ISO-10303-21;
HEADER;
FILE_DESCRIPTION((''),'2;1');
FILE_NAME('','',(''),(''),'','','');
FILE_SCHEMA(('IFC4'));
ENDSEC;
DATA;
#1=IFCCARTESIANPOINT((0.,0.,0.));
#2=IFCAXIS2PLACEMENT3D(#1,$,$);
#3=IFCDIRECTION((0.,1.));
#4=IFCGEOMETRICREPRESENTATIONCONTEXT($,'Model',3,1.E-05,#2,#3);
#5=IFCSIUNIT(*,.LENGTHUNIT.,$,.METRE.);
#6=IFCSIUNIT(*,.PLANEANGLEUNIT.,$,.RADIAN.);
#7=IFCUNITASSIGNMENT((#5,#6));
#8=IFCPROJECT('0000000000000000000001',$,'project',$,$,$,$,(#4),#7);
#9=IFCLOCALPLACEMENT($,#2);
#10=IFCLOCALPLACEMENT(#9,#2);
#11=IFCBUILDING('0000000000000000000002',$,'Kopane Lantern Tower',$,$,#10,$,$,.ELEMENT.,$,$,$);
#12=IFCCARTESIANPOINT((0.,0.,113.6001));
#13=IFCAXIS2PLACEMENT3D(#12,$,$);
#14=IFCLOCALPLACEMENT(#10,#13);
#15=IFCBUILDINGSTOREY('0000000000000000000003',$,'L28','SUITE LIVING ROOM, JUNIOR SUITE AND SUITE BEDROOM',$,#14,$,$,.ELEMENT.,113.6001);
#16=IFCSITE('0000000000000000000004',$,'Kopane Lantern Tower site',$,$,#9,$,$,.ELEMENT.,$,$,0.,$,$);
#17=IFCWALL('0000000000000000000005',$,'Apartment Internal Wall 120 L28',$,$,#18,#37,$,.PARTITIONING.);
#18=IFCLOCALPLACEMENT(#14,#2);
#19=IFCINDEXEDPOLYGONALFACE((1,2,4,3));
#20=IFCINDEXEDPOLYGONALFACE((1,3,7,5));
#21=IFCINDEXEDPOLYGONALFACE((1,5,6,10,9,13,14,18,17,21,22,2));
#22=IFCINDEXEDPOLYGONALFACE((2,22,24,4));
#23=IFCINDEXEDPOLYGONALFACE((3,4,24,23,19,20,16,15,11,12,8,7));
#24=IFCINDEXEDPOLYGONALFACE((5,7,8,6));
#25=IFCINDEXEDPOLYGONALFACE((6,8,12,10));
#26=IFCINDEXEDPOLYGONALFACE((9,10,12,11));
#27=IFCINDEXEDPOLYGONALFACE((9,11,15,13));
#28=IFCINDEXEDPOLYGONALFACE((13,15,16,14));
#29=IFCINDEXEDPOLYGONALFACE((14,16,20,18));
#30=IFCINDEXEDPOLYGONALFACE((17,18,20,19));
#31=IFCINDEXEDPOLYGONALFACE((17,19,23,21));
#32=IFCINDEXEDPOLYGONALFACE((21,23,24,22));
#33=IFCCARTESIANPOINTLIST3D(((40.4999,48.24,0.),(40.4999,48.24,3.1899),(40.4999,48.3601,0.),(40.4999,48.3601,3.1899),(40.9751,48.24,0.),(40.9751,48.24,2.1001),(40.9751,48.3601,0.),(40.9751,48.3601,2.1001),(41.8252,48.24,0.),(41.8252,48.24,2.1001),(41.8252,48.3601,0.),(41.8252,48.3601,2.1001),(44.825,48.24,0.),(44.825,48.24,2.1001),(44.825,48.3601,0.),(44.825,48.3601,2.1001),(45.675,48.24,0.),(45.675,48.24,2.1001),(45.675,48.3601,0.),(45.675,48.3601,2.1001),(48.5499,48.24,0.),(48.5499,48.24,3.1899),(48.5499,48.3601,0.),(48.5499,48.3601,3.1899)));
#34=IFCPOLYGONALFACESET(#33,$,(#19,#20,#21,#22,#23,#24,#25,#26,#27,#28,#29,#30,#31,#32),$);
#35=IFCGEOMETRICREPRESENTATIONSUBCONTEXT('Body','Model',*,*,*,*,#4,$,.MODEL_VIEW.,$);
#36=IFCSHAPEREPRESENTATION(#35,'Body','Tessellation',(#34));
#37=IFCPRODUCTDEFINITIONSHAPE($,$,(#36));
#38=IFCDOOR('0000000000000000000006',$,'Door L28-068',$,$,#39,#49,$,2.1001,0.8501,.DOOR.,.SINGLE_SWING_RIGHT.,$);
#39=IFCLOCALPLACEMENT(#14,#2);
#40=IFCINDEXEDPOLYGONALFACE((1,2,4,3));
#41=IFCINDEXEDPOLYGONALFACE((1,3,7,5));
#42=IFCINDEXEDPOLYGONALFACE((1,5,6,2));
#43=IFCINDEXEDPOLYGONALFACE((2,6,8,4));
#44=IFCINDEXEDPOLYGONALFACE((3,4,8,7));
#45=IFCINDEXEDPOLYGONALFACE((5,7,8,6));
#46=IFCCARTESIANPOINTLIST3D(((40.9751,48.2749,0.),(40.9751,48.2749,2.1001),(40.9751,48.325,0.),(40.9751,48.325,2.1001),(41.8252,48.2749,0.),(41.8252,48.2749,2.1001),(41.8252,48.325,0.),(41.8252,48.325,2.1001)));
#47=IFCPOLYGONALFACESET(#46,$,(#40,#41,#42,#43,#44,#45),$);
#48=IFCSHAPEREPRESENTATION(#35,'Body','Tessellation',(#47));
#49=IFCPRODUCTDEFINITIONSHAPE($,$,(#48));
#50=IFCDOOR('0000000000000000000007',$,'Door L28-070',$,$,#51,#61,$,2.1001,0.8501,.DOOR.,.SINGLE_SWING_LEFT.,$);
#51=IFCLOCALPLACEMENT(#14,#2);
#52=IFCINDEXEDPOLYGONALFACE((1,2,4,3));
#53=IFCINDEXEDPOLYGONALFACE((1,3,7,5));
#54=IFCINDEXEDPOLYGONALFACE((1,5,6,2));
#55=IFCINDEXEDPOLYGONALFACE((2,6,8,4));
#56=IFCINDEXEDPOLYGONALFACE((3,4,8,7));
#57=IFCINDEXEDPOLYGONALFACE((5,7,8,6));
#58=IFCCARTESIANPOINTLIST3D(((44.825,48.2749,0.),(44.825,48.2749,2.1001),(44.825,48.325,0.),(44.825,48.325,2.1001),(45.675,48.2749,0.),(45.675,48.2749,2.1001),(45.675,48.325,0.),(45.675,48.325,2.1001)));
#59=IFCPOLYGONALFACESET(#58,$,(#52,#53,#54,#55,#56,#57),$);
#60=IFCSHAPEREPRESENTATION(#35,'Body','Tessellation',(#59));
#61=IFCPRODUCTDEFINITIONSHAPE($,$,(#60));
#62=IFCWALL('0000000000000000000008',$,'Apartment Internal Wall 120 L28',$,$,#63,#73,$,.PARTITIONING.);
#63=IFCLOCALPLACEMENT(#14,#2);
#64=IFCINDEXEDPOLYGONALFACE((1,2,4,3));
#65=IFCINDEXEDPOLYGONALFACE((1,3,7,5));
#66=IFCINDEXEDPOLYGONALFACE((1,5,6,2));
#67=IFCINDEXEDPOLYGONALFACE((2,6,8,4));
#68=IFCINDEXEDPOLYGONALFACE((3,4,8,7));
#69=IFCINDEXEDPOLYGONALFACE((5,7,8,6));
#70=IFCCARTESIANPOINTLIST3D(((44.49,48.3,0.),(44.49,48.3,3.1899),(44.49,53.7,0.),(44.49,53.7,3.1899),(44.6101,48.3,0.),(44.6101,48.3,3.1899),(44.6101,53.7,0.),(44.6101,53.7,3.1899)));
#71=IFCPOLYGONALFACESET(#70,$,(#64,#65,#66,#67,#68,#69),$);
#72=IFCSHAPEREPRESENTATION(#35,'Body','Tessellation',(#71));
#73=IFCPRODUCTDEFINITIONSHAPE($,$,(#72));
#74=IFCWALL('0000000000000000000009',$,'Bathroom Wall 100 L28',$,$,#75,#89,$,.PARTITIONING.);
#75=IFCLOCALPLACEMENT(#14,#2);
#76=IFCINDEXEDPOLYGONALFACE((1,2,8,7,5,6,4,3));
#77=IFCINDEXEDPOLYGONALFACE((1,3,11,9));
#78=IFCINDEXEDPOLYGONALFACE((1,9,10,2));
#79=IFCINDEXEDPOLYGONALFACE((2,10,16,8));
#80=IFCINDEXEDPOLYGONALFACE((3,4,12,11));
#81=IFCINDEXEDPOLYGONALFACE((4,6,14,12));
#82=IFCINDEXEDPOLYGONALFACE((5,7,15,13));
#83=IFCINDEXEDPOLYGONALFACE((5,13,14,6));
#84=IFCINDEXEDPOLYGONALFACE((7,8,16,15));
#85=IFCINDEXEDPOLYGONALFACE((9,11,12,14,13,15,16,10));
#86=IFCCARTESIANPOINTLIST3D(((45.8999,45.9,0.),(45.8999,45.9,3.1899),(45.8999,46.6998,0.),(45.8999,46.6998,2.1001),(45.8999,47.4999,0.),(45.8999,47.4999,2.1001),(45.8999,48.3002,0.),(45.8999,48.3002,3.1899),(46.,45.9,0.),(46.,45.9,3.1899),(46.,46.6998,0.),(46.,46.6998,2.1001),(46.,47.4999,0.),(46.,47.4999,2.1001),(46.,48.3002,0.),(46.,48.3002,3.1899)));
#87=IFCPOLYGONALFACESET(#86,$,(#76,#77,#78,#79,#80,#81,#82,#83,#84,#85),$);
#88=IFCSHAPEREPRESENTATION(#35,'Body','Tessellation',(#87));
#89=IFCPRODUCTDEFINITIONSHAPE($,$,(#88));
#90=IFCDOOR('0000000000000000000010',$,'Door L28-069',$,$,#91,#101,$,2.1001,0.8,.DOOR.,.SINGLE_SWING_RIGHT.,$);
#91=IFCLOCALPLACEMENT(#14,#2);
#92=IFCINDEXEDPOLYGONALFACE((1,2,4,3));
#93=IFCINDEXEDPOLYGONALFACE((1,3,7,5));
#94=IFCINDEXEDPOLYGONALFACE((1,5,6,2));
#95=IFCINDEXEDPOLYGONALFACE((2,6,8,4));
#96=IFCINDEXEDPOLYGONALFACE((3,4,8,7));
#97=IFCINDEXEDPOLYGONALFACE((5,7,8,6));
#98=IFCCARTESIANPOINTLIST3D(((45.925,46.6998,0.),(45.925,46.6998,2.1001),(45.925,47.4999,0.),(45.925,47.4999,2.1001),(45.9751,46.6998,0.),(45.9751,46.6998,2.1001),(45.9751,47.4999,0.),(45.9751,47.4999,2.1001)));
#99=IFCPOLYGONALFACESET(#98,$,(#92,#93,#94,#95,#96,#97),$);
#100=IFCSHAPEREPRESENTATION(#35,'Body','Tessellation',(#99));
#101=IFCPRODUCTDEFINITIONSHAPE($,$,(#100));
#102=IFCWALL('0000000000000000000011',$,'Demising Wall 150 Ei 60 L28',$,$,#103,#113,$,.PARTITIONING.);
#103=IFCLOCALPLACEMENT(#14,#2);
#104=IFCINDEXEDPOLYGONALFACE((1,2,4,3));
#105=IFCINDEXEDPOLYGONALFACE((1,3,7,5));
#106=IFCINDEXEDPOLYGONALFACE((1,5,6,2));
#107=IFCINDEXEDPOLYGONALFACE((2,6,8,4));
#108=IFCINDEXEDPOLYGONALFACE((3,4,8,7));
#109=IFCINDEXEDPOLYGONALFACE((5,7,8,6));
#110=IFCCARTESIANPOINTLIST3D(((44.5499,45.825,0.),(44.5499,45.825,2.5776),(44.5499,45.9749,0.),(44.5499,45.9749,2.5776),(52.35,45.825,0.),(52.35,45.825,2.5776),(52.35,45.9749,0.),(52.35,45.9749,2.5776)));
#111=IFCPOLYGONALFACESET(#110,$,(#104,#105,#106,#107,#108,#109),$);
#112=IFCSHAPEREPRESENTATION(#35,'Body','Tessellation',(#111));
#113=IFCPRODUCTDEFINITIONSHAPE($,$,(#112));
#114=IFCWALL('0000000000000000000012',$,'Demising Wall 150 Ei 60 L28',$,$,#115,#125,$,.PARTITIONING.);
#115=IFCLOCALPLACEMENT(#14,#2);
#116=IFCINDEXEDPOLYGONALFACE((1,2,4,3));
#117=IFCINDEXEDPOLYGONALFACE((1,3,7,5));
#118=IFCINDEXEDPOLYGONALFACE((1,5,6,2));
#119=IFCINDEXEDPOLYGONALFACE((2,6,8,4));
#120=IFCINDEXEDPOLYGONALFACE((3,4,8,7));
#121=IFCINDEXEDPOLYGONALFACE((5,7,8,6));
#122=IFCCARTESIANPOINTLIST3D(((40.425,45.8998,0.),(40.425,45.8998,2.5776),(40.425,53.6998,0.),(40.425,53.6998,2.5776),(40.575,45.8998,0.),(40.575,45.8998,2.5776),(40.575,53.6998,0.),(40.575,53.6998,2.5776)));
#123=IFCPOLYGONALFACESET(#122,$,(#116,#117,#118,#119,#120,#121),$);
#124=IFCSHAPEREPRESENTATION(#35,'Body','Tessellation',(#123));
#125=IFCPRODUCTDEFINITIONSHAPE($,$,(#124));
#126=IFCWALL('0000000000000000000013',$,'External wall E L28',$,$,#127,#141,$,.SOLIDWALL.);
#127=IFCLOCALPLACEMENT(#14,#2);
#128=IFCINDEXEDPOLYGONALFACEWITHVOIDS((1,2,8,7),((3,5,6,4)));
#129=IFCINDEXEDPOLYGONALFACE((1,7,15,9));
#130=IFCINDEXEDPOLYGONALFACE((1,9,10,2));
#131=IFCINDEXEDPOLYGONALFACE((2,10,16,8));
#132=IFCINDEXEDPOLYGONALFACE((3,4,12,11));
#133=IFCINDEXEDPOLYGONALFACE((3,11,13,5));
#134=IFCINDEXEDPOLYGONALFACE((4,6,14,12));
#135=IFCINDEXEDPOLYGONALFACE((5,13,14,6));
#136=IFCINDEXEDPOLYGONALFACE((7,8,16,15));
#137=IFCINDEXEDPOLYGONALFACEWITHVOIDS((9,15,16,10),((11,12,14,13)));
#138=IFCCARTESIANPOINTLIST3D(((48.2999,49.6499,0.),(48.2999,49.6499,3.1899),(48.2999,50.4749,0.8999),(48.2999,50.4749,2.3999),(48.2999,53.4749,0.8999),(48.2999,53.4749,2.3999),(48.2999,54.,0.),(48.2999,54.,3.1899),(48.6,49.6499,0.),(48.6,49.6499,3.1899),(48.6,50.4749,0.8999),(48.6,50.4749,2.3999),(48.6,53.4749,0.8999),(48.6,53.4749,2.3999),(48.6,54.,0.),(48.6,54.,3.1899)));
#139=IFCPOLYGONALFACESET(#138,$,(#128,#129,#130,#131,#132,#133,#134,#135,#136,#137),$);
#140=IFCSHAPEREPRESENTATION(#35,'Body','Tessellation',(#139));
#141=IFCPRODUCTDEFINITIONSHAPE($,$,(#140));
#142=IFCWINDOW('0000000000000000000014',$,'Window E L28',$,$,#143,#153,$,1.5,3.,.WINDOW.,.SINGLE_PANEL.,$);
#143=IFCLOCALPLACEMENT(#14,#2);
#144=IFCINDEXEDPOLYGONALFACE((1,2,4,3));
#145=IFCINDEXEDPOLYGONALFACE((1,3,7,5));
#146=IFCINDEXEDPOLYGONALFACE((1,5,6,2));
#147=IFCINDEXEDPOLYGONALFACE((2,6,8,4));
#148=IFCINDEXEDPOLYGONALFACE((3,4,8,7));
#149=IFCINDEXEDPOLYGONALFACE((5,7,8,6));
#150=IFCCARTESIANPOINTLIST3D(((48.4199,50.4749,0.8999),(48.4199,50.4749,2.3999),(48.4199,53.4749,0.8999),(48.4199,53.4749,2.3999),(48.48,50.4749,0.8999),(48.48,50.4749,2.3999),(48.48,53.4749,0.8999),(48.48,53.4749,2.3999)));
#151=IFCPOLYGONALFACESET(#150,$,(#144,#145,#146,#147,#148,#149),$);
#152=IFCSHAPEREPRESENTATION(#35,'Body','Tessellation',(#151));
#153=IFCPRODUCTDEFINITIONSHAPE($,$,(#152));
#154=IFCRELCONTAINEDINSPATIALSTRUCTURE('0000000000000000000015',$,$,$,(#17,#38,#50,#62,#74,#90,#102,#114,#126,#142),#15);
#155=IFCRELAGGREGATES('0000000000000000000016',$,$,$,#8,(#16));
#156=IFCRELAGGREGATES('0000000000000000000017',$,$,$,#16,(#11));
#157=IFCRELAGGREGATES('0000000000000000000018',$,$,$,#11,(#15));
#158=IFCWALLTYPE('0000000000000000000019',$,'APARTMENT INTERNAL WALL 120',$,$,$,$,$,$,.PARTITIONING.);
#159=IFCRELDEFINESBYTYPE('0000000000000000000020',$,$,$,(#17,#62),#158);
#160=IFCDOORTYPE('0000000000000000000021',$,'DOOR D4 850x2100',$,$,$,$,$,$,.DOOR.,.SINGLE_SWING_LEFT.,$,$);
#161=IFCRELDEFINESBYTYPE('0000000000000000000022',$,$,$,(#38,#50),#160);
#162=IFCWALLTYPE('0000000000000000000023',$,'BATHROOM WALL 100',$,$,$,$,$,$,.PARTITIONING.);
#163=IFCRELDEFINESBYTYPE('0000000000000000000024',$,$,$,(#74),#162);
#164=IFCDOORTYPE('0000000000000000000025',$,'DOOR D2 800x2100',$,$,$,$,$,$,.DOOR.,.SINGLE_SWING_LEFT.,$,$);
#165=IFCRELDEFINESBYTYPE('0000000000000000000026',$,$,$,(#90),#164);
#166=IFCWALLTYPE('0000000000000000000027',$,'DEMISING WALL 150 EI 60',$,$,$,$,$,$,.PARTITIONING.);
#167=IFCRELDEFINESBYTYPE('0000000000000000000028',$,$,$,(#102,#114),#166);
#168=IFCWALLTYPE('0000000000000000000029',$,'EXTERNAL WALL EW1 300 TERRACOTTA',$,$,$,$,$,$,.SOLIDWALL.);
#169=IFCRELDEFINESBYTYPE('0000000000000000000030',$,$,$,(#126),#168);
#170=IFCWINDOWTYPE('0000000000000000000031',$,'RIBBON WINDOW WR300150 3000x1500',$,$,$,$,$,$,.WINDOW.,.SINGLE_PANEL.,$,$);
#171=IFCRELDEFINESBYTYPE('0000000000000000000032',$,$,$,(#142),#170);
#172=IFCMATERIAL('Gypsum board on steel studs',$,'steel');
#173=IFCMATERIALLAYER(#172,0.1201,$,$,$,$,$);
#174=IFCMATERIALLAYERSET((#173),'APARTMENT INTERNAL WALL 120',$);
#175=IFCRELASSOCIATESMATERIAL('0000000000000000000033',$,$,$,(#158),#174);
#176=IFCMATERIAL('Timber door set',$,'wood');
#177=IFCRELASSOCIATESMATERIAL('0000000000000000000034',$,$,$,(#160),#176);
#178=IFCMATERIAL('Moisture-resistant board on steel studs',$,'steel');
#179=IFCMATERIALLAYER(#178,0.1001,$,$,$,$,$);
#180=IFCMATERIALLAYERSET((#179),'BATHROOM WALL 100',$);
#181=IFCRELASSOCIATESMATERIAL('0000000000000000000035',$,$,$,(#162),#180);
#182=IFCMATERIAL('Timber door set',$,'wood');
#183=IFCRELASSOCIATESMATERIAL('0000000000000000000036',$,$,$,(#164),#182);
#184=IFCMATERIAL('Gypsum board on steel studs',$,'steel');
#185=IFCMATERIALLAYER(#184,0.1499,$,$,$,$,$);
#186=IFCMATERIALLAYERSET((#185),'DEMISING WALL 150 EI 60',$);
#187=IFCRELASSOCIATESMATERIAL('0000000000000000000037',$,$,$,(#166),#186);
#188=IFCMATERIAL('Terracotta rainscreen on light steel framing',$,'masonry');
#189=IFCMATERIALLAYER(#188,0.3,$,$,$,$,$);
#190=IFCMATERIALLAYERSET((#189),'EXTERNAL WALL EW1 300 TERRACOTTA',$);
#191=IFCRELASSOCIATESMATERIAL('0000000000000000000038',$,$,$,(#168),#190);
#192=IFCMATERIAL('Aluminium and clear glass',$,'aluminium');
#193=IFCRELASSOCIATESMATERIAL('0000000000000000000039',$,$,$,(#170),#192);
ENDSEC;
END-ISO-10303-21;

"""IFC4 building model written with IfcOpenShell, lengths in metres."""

from ifc_helpers import new_model, si_unit, direction, frame, frame_2d, origin, place, context, subcontext, project, spatial, rectangle, extrude, material, layer, layer_set, type_object, element, fill, save


model = new_model("IFC4")

# Units and contexts
model_context = context("Model", 3, precision=1e-05, world=origin(), true_north=direction((0.0, 1.0)))
body_context = subcontext(model_context, "Body", "Model", "MODEL_VIEW")
ifc_project = project(units=[si_unit("LENGTHUNIT", "METRE"), si_unit("PLANEANGLEUNIT", "RADIAN")], contexts=[model_context])

# Site, building, storey
site_placement = place(None, origin())
site = spatial("IfcSite", under=ifc_project, at=site_placement, Name="Kopane Lantern Tower site", CompositionType="ELEMENT", RefElevation=0.0)
building_placement = place(site_placement, origin())
building = spatial("IfcBuilding", under=site, at=building_placement, Name="Kopane Lantern Tower", CompositionType="ELEMENT")
storey_placement = place(building_placement, frame((0.0, 0.0, 113.6001)))
storey = spatial("IfcBuildingStorey", under=building, at=storey_placement, Name="L28", Description="SUITE LIVING ROOM, JUNIOR SUITE AND SUITE BEDROOM", CompositionType="ELEMENT", Elevation=113.6001)

# Wall, openings, doors
ifc_material_1 = material(Name="Gypsum board on steel studs", Category="steel")
ifc_layer_1 = layer(ifc_material_1, 0.1201)
ifc_layer_set_1 = layer_set([ifc_layer_1], Name="APARTMENT INTERNAL WALL 120")
wall_type_1 = type_object("IfcWallType", Name="APARTMENT INTERNAL WALL 120", PredefinedType="PARTITIONING", material=ifc_layer_set_1)
wall_1_placement = place(storey_placement, frame((40.5, 48.3, 0.0), z_axis=(0.0, 0.0, 1.0), x_axis=(1.0, 0.0, 0.0)))
wall_1 = element("IfcWall", 1, at=wall_1_placement, inside=storey, type_object=wall_type_1, Name="Apartment Internal Wall 120 L28", PredefinedType="PARTITIONING", context=body_context, shape_type="SweptSolid", body=[
    extrude(rectangle(XDim=8.05, YDim=0.1201, at=frame_2d((4.0249, 0.0))), origin(), (0.0, 0.0, 1.0), 3.1899),
])
opening_1_placement = place(wall_1_placement, frame((0.4751, 0.0, 0.0)))
opening_1 = element("IfcOpeningElement", 2, at=opening_1_placement, cuts=wall_1, PredefinedType="OPENING", context=body_context, shape_type="SweptSolid", body=[
    extrude(rectangle(XDim=0.8501, YDim=2.1001, at=frame_2d((0.425, 1.05))), frame((0.0, 0.0701, 0.0), z_axis=(0.0, -1.0, 0.0), x_axis=(1.0, 0.0, 0.0)), (0.0, 0.0, 1.0), 0.1401),
])
opening_2_placement = place(wall_1_placement, frame((4.325, 0.0, 0.0)))
opening_2 = element("IfcOpeningElement", 3, at=opening_2_placement, cuts=wall_1, PredefinedType="OPENING", context=body_context, shape_type="SweptSolid", body=[
    extrude(rectangle(XDim=0.8501, YDim=2.1001, at=frame_2d((0.425, 1.05))), frame((0.0, 0.0701, 0.0), z_axis=(0.0, -1.0, 0.0), x_axis=(1.0, 0.0, 0.0)), (0.0, 0.0, 1.0), 0.1401),
])
ifc_material_2 = material(Name="Timber door set", Category="wood")
door_type_1 = type_object("IfcDoorType", Name="DOOR D4 850x2100", OperationType="SINGLE_SWING_LEFT", PredefinedType="DOOR", material=ifc_material_2)
door_1_placement = place(opening_1_placement, origin())
door_1 = element("IfcDoor", 4, at=door_1_placement, inside=storey, type_object=door_type_1, Name="Door L28-068", OperationType="SINGLE_SWING_RIGHT", OverallHeight=2.1001, OverallWidth=0.8501, PredefinedType="DOOR", context=body_context, shape_type="SweptSolid", body=[
    extrude(rectangle(XDim=0.8501, YDim=2.1001, at=frame_2d((0.425, 1.05))), frame((0.0, 0.0249, 0.0), z_axis=(0.0, -1.0, 0.0), x_axis=(1.0, 0.0, 0.0)), (0.0, 0.0, 1.0), 0.05),
])
fill(opening_1, door_1)
door_2_placement = place(opening_2_placement, origin())
door_2 = element("IfcDoor", 5, at=door_2_placement, inside=storey, type_object=door_type_1, Name="Door L28-070", OperationType="SINGLE_SWING_LEFT", OverallHeight=2.1001, OverallWidth=0.8501, PredefinedType="DOOR", context=body_context, shape_type="SweptSolid", body=[
    extrude(rectangle(XDim=0.8501, YDim=2.1001, at=frame_2d((0.425, 1.05))), frame((0.0, 0.0249, 0.0), z_axis=(0.0, -1.0, 0.0), x_axis=(1.0, 0.0, 0.0)), (0.0, 0.0, 1.0), 0.05),
])
fill(opening_2, door_2)

# Wall
wall_2_placement = place(storey_placement, frame((44.55, 48.3, 0.0), z_axis=(0.0, 0.0, 1.0), x_axis=(0.0, 1.0, 0.0)))
element("IfcWall", 6, at=wall_2_placement, inside=storey, type_object=wall_type_1, Name="Apartment Internal Wall 120 L28", PredefinedType="PARTITIONING", context=body_context, shape_type="SweptSolid", body=[
    extrude(rectangle(XDim=5.3999, YDim=0.1201, at=frame_2d((2.7, 0.0))), origin(), (0.0, 0.0, 1.0), 3.1899),
])

# Wall, opening, door
ifc_material_3 = material(Name="Moisture-resistant board on steel studs", Category="steel")
ifc_layer_2 = layer(ifc_material_3, 0.1001)
ifc_layer_set_2 = layer_set([ifc_layer_2], Name="BATHROOM WALL 100")
wall_type_2 = type_object("IfcWallType", Name="BATHROOM WALL 100", PredefinedType="PARTITIONING", material=ifc_layer_set_2)
wall_3_placement = place(storey_placement, frame((45.95, 45.8999, 0.0), z_axis=(0.0, 0.0, 1.0), x_axis=(0.0, 1.0, 0.0)))
wall_3 = element("IfcWall", 7, at=wall_3_placement, inside=storey, type_object=wall_type_2, Name="Bathroom Wall 100 L28", PredefinedType="PARTITIONING", context=body_context, shape_type="SweptSolid", body=[
    extrude(rectangle(XDim=2.4001, YDim=0.1001, at=frame_2d((1.2002, 0.0))), origin(), (0.0, 0.0, 1.0), 3.1899),
])
opening_3_placement = place(wall_3_placement, frame((0.8, 0.0, 0.0)))
opening_3 = element("IfcOpeningElement", 8, at=opening_3_placement, cuts=wall_3, PredefinedType="OPENING", context=body_context, shape_type="SweptSolid", body=[
    extrude(rectangle(XDim=0.8, YDim=2.1001, at=frame_2d((0.3999, 1.05))), frame((0.0, 0.0601, 0.0), z_axis=(0.0, -1.0, 0.0), x_axis=(1.0, 0.0, 0.0)), (0.0, 0.0, 1.0), 0.1201),
])
ifc_material_4 = material(Name="Timber door set", Category="wood")
door_type_2 = type_object("IfcDoorType", Name="DOOR D2 800x2100", OperationType="SINGLE_SWING_LEFT", PredefinedType="DOOR", material=ifc_material_4)
door_3_placement = place(opening_3_placement, origin())
door_3 = element("IfcDoor", 9, at=door_3_placement, inside=storey, type_object=door_type_2, Name="Door L28-069", OperationType="SINGLE_SWING_RIGHT", OverallHeight=2.1001, OverallWidth=0.8, PredefinedType="DOOR", context=body_context, shape_type="SweptSolid", body=[
    extrude(rectangle(XDim=0.8, YDim=2.1001, at=frame_2d((0.3999, 1.05))), frame((0.0, 0.0249, 0.0), z_axis=(0.0, -1.0, 0.0), x_axis=(1.0, 0.0, 0.0)), (0.0, 0.0, 1.0), 0.05),
])
fill(opening_3, door_3)

# Walls
ifc_material_5 = material(Name="Gypsum board on steel studs", Category="steel")
ifc_layer_3 = layer(ifc_material_5, 0.1499)
ifc_layer_set_3 = layer_set([ifc_layer_3], Name="DEMISING WALL 150 EI 60")
wall_type_3 = type_object("IfcWallType", Name="DEMISING WALL 150 EI 60", PredefinedType="PARTITIONING", material=ifc_layer_set_3)
for number, where, z_axis, x_axis, name in (
    (10, (44.55, 45.8999, 0.0), (0.0, 0.0, 1.0), (1.0, 0.0, 0.0), "Demising Wall 150 Ei 60 L28"),
    (11, (40.5, 45.8999, 0.0), (0.0, 0.0, 1.0), (0.0, 1.0, 0.0), "Demising Wall 150 Ei 60 L28"),
):
    element("IfcWall", number, at=place(storey_placement, frame(where, z_axis=z_axis, x_axis=x_axis)), inside=storey, type_object=wall_type_3, Name=name, PredefinedType="PARTITIONING", context=body_context, shape_type="SweptSolid", body=[
        extrude(rectangle(XDim=7.8, YDim=0.1499, at=frame_2d((3.8999, 0.0))), origin(), (0.0, 0.0, 1.0), 2.5776),
    ])

# Wall, opening, window
ifc_material_6 = material(Name="Terracotta rainscreen on light steel framing", Category="masonry")
ifc_layer_4 = layer(ifc_material_6, 0.3)
ifc_layer_set_4 = layer_set([ifc_layer_4], Name="EXTERNAL WALL EW1 300 TERRACOTTA")
wall_type_4 = type_object("IfcWallType", Name="EXTERNAL WALL EW1 300 TERRACOTTA", PredefinedType="SOLIDWALL", material=ifc_layer_set_4)
wall_4_placement = place(storey_placement, frame((48.45, 49.6499, 0.0), z_axis=(0.0, 0.0, 1.0), x_axis=(0.0, 1.0, 0.0)))
wall_4 = element("IfcWall", 12, at=wall_4_placement, inside=storey, type_object=wall_type_4, Name="External wall E L28", PredefinedType="SOLIDWALL", context=body_context, shape_type="SweptSolid", body=[
    extrude(rectangle(XDim=4.3501, YDim=0.3, at=frame_2d((2.175, 0.0))), origin(), (0.0, 0.0, 1.0), 3.1899),
])
opening_4_placement = place(wall_4_placement, frame((0.825, 0.0, 0.8999)))
opening_4 = element("IfcOpeningElement", 13, at=opening_4_placement, cuts=wall_4, PredefinedType="OPENING", context=body_context, shape_type="SweptSolid", body=[
    extrude(rectangle(XDim=3.0, YDim=1.5, at=frame_2d((1.5, 0.75))), frame((0.0, 0.1599, 0.0), z_axis=(0.0, -1.0, 0.0), x_axis=(1.0, 0.0, 0.0)), (0.0, 0.0, 1.0), 0.3201),
])
ifc_material_7 = material(Name="Aluminium and clear glass", Category="aluminium")
window_type_1 = type_object("IfcWindowType", Name="RIBBON WINDOW WR300150 3000x1500", PartitioningType="SINGLE_PANEL", PredefinedType="WINDOW", material=ifc_material_7)
window_1_placement = place(opening_4_placement, origin())
window_1 = element("IfcWindow", 14, at=window_1_placement, inside=storey, type_object=window_type_1, Name="Window E L28", OverallHeight=1.5, OverallWidth=3.0, PartitioningType="SINGLE_PANEL", PredefinedType="WINDOW", context=body_context, shape_type="SweptSolid", body=[
    extrude(rectangle(XDim=3.0, YDim=1.5, at=frame_2d((1.5, 0.75))), frame((0.0, 0.03, 0.0), z_axis=(0.0, -1.0, 0.0), x_axis=(1.0, 0.0, 0.0)), (0.0, 0.0, 1.0), 0.0601),
])
fill(opening_4, window_1)

save(model, "model.ifc")
